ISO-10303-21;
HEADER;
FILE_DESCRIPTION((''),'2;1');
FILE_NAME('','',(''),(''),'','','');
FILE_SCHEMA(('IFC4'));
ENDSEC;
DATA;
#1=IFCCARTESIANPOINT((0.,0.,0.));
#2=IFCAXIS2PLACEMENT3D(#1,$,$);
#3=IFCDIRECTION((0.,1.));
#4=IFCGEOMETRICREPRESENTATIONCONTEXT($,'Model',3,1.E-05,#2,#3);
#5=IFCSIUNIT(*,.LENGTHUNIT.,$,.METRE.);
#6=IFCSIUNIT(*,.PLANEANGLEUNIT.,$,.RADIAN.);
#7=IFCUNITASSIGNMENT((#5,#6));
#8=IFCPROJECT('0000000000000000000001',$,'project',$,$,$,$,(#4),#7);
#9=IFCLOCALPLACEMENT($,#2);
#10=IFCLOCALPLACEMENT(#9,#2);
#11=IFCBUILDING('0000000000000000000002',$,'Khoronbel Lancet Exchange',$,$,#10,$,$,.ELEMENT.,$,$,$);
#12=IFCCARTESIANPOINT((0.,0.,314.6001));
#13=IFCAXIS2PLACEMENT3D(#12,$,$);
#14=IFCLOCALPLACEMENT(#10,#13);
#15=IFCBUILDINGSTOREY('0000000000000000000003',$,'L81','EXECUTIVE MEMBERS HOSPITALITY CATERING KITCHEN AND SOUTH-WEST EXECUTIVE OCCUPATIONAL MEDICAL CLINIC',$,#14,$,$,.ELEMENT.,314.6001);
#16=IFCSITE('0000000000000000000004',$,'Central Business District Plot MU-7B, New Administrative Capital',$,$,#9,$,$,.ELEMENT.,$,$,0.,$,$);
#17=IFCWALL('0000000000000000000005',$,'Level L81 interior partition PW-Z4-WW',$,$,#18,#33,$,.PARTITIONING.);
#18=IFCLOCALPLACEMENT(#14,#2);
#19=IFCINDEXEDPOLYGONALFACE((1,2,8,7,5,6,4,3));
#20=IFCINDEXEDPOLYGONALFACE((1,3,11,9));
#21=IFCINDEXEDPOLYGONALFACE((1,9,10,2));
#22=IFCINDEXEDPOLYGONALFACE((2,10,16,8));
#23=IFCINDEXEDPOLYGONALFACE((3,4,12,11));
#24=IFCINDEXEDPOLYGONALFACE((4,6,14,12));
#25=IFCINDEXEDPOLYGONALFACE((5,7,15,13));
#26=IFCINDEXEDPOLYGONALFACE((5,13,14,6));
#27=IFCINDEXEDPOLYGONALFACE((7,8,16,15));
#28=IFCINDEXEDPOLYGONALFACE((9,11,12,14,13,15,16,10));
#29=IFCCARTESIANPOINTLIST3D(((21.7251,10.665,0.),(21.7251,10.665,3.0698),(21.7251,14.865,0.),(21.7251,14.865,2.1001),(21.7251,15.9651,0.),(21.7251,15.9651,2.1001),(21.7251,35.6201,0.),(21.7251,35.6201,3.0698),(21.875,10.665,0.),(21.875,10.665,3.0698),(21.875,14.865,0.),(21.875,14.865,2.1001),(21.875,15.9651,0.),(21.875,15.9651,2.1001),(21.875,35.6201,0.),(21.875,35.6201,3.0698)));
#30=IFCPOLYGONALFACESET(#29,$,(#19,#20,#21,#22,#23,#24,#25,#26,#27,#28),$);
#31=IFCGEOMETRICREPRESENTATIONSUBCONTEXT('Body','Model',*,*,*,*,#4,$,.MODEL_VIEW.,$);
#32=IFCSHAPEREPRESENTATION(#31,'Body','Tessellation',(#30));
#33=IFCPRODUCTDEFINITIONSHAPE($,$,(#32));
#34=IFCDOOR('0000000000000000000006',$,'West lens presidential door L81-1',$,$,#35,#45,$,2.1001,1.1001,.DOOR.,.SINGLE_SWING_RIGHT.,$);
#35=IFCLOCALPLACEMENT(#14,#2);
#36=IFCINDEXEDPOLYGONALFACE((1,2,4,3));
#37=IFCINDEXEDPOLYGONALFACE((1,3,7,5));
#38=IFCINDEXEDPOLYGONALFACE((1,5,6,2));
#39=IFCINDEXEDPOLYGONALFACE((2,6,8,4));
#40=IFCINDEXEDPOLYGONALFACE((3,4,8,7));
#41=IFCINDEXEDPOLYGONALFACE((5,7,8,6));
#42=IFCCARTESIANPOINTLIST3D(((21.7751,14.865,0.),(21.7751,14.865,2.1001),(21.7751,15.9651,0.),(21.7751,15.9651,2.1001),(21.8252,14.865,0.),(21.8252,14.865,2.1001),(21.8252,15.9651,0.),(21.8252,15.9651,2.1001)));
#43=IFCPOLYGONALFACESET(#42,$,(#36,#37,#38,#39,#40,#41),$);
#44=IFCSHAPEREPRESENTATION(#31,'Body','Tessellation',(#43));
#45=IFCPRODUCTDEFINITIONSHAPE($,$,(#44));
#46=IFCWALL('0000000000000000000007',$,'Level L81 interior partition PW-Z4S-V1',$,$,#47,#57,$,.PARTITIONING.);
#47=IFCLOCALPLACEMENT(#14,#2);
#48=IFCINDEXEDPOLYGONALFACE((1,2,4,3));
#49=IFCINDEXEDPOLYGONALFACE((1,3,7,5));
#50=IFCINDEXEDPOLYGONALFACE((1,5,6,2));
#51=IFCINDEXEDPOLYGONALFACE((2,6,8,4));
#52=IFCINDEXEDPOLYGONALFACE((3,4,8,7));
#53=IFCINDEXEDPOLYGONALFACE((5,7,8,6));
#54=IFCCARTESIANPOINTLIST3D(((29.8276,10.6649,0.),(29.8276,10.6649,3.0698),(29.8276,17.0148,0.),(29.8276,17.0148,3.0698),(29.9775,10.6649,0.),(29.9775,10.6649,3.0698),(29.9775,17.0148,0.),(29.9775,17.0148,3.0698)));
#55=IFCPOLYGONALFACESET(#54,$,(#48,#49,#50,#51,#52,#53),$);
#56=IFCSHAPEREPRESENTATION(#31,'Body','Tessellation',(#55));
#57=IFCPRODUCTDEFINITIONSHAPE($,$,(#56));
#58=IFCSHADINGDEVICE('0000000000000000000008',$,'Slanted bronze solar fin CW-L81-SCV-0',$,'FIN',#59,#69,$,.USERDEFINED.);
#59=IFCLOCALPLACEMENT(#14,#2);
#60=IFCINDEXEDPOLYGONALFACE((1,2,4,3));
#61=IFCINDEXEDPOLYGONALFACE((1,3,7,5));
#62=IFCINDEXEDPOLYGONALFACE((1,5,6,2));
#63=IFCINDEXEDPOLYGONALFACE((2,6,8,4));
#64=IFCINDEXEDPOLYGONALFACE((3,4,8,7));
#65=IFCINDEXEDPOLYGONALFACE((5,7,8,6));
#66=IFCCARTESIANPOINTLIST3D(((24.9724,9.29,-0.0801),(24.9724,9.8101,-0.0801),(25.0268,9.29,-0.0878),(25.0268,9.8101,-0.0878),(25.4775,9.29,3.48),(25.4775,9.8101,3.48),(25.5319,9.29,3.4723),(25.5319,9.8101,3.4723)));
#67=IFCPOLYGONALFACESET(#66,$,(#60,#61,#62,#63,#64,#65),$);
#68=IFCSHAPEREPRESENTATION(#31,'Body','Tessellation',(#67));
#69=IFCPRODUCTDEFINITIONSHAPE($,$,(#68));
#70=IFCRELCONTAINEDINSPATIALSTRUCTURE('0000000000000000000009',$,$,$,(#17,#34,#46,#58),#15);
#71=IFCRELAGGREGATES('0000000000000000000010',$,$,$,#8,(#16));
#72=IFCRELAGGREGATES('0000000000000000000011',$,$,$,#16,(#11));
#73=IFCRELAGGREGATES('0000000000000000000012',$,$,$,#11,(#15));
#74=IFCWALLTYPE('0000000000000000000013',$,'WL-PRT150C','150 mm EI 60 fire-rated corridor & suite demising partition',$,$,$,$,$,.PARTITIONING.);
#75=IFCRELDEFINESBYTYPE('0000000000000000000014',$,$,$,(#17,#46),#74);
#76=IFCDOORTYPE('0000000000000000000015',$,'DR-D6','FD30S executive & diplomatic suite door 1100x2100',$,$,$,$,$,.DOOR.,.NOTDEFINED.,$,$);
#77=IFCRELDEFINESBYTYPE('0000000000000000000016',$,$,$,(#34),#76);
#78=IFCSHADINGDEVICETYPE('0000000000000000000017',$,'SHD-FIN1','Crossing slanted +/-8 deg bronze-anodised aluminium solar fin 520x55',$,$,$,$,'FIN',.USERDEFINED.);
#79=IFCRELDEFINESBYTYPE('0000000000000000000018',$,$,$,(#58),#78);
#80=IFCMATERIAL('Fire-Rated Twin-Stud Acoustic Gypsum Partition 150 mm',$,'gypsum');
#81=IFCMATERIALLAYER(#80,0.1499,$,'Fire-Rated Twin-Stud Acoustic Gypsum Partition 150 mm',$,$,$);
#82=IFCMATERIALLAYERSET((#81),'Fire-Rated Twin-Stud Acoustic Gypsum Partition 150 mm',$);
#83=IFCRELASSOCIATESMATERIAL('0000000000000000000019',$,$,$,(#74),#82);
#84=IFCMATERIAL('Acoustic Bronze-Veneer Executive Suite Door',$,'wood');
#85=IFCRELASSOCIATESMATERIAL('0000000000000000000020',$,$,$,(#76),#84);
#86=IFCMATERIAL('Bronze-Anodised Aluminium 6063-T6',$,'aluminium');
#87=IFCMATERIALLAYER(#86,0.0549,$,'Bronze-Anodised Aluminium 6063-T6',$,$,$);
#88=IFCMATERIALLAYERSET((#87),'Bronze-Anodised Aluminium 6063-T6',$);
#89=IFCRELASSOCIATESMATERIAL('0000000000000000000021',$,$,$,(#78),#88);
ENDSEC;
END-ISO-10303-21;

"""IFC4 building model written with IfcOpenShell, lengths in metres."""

from ifc_helpers import new_model, si_unit, direction, frame, frame_2d, origin, place, context, subcontext, project, spatial, polyline, rectangle, outline, extrude, material, layer, layer_set, type_object, element, fill, save


model = new_model("IFC4")

# Units and contexts
model_context = context("Model", 3, precision=1e-05, world=origin(), true_north=direction((0.0, 1.0)))
body_context = subcontext(model_context, "Body", "Model", "MODEL_VIEW")
ifc_project = project(units=[si_unit("LENGTHUNIT", "METRE"), si_unit("PLANEANGLEUNIT", "RADIAN")], contexts=[model_context])

# Site, building, storey
site_placement = place(None, origin())
site = spatial("IfcSite", under=ifc_project, at=site_placement, Name="Central Business District Plot MU-7B, New Administrative Capital", CompositionType="ELEMENT", RefElevation=0.0)
building_placement = place(site_placement, origin())
building = spatial("IfcBuilding", under=site, at=building_placement, Name="Khoronbel Lancet Exchange", CompositionType="ELEMENT")
storey_placement = place(building_placement, frame((0.0, 0.0, 314.6001)))
storey = spatial("IfcBuildingStorey", under=building, at=storey_placement, Name="L81", Description="EXECUTIVE MEMBERS HOSPITALITY CATERING KITCHEN AND SOUTH-WEST EXECUTIVE OCCUPATIONAL MEDICAL CLINIC", CompositionType="ELEMENT", Elevation=314.6001)

# Shared definitions
ifc_material_1 = material(Name="Bronze-Anodised Aluminium 6063-T6", Category="aluminium")

# Wall, opening, door
ifc_material_2 = material(Name="Fire-Rated Twin-Stud Acoustic Gypsum Partition 150 mm", Category="gypsum")
ifc_layer_1 = layer(ifc_material_2, 0.1499, Name="Fire-Rated Twin-Stud Acoustic Gypsum Partition 150 mm")
ifc_layer_set_1 = layer_set([ifc_layer_1], Name="Fire-Rated Twin-Stud Acoustic Gypsum Partition 150 mm")
wall_type = type_object("IfcWallType", Name="WL-PRT150C", Description="150 mm EI 60 fire-rated corridor & suite demising partition", PredefinedType="PARTITIONING", material=ifc_layer_set_1)
wall_1_placement = place(storey_placement, frame((21.8, 10.665, 0.0), z_axis=(0.0, 0.0, 1.0), x_axis=(0.0, 1.0, 0.0)))
wall_1 = element("IfcWall", 1, at=wall_1_placement, inside=storey, type_object=wall_type, Name="Level L81 interior partition PW-Z4-WW", PredefinedType="PARTITIONING", context=body_context, shape_type="SweptSolid", body=[
    extrude(rectangle(XDim=24.9551, YDim=0.1499, at=frame_2d((12.4775, 0.0))), origin(), (0.0, 0.0, 1.0), 3.0698),
])
opening_placement = place(wall_1_placement, frame((4.2, 0.0, 0.0)))
opening = element("IfcOpeningElement", 2, at=opening_placement, cuts=wall_1, PredefinedType="OPENING", context=body_context, shape_type="SweptSolid", body=[
    extrude(rectangle(XDim=1.1001, YDim=2.1001, at=frame_2d((0.55, 1.05))), frame((0.0, 0.085, 0.0), z_axis=(0.0, -1.0, 0.0), x_axis=(1.0, 0.0, 0.0)), (0.0, 0.0, 1.0), 0.1699),
])
ifc_material_3 = material(Name="Acoustic Bronze-Veneer Executive Suite Door", Category="wood")
door_type = type_object("IfcDoorType", Name="DR-D6", Description="FD30S executive & diplomatic suite door 1100x2100", OperationType="NOTDEFINED", PredefinedType="DOOR", material=ifc_material_3)
door_placement = place(opening_placement, origin())
door = element("IfcDoor", 3, at=door_placement, inside=storey, type_object=door_type, Name="West lens presidential door L81-1", OperationType="SINGLE_SWING_RIGHT", OverallHeight=2.1001, OverallWidth=1.1001, PredefinedType="DOOR", context=body_context, shape_type="SweptSolid", body=[
    extrude(rectangle(XDim=1.1001, YDim=2.1001, at=frame_2d((0.55, 1.05))), frame((0.0, 0.0249, 0.0), z_axis=(0.0, -1.0, 0.0), x_axis=(1.0, 0.0, 0.0)), (0.0, 0.0, 1.0), 0.05),
])
fill(opening, door)

# Wall
wall_2_placement = place(storey_placement, frame((29.9026, 10.665, 0.0), z_axis=(0.0, 0.0, 1.0), x_axis=(0.0, 1.0, 0.0)))
element("IfcWall", 4, at=wall_2_placement, inside=storey, type_object=wall_type, Name="Level L81 interior partition PW-Z4S-V1", PredefinedType="PARTITIONING", context=body_context, shape_type="SweptSolid", body=[
    extrude(rectangle(XDim=6.3499, YDim=0.1499, at=frame_2d((3.1748, 0.0))), origin(), (0.0, 0.0, 1.0), 3.0698),
])

# Shading device
ifc_layer_2 = layer(ifc_material_1, 0.0549, Name="Bronze-Anodised Aluminium 6063-T6")
ifc_layer_set_2 = layer_set([ifc_layer_2], Name="Bronze-Anodised Aluminium 6063-T6")
shading_device_type = type_object("IfcShadingDeviceType", Name="SHD-FIN1", Description="Crossing slanted +/-8 deg bronze-anodised aluminium solar fin 520x55", ElementType="FIN", PredefinedType="USERDEFINED", material=ifc_layer_set_2)
shading_device_placement = place(storey_placement, frame((24.9724, 9.8101, -0.0801), z_axis=(-0.990083, 0.0, 0.14048), x_axis=(0.0, -1.0, 0.0)))
element("IfcShadingDevice", 5, at=shading_device_placement, inside=storey, type_object=shading_device_type, Name="Slanted bronze solar fin CW-L81-SCV-0", ObjectType="FIN", PredefinedType="USERDEFINED", context=body_context, shape_type="SweptSolid", body=[
    extrude(outline(polyline([(0.0, 0.0), (0.52, 0.0), (0.52, 3.5957), (0.0, 3.5957), (0.0, 0.0)])), origin(), (0.0, 0.0, -1.0), 0.0549),
])

save(model, "model.ifc")
